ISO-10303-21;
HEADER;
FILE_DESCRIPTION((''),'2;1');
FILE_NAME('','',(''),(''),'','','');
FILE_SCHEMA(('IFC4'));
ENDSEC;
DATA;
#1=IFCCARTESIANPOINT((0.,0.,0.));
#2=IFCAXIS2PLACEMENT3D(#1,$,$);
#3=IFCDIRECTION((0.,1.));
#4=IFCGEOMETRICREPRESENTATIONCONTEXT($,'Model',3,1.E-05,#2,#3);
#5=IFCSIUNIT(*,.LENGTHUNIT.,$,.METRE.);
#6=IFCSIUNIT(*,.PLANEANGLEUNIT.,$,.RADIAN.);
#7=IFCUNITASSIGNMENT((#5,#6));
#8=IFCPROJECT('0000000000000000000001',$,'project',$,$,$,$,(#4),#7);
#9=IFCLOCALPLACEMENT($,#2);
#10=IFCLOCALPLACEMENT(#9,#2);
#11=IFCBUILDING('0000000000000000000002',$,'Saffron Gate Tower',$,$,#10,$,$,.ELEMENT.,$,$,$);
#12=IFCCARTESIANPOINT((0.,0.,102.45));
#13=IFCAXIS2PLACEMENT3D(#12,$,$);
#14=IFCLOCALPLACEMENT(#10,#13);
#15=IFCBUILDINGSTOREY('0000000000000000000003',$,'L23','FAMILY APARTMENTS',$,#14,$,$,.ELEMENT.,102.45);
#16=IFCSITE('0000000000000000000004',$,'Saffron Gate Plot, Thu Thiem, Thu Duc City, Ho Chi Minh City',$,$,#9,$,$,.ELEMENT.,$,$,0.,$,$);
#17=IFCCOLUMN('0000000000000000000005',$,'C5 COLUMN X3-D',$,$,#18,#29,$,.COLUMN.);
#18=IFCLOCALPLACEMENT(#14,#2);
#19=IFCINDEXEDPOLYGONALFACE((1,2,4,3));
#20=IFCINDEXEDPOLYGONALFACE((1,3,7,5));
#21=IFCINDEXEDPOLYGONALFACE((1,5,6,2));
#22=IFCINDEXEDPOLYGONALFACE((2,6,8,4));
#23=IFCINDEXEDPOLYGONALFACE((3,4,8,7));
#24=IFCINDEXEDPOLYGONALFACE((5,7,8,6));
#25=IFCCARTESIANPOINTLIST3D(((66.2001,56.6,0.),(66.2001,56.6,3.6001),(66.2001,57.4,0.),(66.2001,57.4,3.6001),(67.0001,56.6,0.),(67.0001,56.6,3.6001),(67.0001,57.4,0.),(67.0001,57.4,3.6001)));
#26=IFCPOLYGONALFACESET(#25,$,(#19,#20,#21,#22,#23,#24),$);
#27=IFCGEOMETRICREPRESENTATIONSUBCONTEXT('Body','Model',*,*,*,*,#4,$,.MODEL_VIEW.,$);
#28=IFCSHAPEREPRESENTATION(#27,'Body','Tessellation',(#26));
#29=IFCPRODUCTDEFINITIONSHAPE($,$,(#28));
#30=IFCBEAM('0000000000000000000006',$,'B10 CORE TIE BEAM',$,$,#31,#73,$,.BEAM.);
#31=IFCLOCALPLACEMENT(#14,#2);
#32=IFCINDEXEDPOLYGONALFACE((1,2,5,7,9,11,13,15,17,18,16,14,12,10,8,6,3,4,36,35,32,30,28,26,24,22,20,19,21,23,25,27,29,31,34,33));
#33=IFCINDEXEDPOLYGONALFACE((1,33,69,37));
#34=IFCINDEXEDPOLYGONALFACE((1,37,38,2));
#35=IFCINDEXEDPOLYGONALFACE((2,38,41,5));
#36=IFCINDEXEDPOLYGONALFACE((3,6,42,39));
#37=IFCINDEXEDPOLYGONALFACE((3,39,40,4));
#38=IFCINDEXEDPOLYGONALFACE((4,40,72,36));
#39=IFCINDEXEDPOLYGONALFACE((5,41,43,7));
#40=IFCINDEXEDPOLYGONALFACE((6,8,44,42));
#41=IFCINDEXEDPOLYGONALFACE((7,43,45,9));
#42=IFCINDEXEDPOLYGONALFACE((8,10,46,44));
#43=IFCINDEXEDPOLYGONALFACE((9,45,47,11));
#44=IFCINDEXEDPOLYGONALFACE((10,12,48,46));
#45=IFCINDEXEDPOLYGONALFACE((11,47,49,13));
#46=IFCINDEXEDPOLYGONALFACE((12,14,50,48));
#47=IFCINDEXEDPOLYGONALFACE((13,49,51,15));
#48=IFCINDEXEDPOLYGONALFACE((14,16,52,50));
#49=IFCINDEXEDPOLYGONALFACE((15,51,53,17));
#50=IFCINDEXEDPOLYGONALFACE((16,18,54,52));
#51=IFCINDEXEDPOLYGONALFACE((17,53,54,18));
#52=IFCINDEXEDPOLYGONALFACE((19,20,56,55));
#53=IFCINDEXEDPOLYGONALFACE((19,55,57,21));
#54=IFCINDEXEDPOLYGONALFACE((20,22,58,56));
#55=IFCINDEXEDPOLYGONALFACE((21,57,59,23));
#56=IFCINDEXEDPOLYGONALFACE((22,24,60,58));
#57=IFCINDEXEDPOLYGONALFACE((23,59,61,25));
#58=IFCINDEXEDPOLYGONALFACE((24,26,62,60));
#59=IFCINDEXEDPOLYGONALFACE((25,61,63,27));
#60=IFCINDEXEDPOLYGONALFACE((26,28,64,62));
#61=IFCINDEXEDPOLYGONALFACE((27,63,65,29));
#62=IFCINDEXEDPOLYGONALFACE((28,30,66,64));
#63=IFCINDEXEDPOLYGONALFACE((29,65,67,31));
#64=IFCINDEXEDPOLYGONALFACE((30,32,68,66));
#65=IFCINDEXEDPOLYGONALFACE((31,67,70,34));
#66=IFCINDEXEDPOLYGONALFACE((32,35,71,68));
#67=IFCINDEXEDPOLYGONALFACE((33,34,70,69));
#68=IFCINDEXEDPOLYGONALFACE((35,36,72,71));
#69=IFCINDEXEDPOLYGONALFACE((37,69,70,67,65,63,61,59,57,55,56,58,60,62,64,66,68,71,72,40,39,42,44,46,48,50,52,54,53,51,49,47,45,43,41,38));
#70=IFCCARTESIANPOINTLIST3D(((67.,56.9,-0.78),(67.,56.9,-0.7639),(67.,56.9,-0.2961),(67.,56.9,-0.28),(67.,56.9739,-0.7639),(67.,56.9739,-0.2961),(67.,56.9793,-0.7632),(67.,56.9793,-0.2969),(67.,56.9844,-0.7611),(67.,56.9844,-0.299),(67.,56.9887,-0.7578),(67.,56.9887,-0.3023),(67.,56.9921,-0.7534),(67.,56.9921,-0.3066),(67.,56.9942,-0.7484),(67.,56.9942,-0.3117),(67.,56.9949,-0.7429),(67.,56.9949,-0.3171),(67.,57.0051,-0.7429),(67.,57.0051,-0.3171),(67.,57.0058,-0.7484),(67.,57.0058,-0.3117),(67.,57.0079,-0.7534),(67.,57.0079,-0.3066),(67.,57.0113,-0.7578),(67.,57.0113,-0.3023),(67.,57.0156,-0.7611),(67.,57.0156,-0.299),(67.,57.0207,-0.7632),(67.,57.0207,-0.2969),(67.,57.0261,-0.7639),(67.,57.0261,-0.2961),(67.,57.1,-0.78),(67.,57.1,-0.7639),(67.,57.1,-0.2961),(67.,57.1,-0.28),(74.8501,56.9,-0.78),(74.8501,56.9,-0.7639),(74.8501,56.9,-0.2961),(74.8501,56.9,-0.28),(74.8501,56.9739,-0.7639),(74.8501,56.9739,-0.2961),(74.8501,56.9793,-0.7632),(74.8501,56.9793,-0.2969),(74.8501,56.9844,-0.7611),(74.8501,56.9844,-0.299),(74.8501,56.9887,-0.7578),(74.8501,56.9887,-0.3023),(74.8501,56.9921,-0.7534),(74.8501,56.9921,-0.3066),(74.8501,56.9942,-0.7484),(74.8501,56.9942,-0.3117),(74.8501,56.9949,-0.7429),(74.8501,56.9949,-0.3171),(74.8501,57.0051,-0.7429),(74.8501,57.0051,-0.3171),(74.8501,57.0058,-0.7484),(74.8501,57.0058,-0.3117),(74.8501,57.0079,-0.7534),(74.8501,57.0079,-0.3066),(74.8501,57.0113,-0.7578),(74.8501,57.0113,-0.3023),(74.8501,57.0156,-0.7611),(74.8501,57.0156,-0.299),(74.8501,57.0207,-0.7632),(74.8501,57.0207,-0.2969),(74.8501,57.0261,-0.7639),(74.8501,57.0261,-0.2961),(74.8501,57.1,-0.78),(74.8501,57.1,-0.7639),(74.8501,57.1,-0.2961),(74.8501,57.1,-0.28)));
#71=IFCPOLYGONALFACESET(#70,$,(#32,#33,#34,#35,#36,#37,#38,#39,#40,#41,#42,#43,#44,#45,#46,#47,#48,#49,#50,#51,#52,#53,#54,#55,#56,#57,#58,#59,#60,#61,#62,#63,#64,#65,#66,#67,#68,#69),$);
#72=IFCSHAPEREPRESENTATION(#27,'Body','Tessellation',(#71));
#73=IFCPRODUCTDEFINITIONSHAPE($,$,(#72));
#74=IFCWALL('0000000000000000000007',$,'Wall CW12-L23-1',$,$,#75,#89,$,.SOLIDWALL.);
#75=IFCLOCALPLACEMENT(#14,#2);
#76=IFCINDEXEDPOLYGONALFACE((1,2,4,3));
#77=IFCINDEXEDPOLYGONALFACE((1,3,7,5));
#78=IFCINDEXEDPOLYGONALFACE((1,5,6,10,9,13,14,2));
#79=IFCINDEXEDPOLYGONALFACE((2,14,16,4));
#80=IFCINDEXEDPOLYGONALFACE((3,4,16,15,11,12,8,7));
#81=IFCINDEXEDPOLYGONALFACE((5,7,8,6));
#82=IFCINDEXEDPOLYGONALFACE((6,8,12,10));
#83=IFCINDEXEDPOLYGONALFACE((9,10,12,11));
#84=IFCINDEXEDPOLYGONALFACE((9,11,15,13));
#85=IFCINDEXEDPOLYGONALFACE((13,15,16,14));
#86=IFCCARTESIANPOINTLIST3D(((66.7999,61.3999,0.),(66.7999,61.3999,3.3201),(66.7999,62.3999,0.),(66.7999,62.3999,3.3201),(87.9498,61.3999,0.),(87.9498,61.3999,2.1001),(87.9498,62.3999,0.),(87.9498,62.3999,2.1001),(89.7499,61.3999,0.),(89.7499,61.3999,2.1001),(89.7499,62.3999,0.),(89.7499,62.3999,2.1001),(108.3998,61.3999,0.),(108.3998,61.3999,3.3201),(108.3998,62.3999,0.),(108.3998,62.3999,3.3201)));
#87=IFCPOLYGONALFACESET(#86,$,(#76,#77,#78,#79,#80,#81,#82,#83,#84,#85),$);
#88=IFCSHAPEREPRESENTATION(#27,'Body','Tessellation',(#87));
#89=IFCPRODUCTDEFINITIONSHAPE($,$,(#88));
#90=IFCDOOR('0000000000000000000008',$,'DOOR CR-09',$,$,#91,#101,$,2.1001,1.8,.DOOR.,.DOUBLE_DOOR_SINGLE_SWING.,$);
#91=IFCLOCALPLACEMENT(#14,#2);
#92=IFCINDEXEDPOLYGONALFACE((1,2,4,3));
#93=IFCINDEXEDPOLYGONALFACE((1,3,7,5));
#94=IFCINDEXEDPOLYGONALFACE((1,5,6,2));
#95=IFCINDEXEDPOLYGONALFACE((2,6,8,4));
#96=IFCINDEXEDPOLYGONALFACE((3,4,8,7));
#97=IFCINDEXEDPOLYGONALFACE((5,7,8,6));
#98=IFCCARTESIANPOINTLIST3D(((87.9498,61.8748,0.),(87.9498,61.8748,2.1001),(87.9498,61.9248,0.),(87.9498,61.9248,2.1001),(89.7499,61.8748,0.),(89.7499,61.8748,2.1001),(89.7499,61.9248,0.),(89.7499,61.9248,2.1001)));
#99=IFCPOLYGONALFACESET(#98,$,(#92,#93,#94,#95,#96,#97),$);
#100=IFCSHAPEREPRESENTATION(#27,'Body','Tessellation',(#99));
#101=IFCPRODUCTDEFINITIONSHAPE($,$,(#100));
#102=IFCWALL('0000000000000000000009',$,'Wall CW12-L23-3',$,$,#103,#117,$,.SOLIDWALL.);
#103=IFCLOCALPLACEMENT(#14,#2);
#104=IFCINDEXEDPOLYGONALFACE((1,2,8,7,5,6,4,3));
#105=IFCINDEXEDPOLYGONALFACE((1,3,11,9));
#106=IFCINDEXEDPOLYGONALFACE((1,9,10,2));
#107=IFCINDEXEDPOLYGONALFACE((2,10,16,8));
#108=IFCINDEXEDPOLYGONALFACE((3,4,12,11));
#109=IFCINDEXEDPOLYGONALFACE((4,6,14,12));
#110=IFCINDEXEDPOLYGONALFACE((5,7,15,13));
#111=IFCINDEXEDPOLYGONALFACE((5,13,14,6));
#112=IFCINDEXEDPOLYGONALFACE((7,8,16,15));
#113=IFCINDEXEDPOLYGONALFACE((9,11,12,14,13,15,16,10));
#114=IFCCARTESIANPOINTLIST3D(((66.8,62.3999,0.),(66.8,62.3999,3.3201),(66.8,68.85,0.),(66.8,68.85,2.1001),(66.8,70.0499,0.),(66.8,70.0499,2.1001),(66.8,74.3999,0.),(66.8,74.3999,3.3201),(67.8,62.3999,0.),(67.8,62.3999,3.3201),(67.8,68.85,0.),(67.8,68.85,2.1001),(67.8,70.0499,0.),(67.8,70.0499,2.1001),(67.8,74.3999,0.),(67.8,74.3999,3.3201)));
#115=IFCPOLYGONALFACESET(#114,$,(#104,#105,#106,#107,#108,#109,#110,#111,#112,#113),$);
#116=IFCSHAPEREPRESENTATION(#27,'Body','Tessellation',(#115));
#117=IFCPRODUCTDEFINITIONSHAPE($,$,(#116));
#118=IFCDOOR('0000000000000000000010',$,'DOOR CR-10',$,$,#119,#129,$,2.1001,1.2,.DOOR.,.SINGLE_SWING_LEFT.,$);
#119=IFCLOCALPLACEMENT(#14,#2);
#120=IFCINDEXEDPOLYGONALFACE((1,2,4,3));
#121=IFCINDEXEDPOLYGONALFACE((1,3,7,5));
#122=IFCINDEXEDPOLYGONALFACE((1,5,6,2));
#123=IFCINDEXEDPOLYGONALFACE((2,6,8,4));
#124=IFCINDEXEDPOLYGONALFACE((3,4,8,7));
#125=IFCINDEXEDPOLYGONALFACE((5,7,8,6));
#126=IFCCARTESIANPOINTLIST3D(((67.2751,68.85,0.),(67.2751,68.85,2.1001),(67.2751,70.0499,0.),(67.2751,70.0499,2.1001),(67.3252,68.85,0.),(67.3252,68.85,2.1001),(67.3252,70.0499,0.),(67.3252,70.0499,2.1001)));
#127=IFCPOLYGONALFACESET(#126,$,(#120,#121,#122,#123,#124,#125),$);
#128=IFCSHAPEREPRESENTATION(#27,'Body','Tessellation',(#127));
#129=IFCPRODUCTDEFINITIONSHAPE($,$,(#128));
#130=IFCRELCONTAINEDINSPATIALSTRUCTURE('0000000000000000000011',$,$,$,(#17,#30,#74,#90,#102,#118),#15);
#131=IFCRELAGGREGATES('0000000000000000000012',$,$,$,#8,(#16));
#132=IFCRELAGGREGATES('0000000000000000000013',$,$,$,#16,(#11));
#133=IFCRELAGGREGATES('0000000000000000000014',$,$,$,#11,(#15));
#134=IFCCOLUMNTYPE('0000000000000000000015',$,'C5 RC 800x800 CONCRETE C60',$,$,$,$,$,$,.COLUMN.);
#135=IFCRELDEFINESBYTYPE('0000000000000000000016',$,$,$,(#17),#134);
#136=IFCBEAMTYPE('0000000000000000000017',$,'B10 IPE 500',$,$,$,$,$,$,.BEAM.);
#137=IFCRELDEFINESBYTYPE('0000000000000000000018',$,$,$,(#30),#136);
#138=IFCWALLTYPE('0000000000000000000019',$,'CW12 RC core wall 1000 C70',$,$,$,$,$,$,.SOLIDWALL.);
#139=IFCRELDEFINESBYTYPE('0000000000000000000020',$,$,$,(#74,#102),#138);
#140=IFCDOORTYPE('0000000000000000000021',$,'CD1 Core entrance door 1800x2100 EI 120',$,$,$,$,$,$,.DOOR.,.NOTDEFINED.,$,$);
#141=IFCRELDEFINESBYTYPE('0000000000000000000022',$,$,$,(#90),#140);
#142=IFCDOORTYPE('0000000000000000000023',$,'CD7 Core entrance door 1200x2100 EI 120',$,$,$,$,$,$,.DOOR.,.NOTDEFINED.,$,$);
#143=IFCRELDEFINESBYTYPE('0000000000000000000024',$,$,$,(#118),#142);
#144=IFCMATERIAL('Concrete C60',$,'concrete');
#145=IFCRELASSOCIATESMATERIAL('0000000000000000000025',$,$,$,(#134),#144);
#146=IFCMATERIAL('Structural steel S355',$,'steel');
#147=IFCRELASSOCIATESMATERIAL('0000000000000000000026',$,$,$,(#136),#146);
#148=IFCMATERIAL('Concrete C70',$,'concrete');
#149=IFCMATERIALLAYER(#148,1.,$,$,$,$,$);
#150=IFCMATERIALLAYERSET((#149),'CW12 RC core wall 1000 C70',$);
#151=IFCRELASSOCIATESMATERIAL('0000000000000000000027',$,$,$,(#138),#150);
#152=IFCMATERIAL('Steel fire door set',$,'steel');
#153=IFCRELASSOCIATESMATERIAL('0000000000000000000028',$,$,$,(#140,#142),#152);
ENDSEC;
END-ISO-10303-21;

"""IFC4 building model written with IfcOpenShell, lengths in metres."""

from ifc_helpers import new_model, si_unit, direction, frame, frame_2d, origin, origin_2d, place, context, subcontext, project, spatial, rectangle, i_section, extrude, material, layer, layer_set, material_profile, profile_set, type_object, element, fill, save


model = new_model("IFC4")

# Units and contexts
model_context = context("Model", 3, precision=1e-05, world=origin(), true_north=direction((0.0, 1.0)))
body_context = subcontext(model_context, "Body", "Model", "MODEL_VIEW")
ifc_project = project(units=[si_unit("LENGTHUNIT", "METRE"), si_unit("PLANEANGLEUNIT", "RADIAN")], contexts=[model_context])

# Site, building, storey
site_placement = place(None, origin())
site = spatial("IfcSite", under=ifc_project, at=site_placement, Name="Saffron Gate Plot, Thu Thiem, Thu Duc City, Ho Chi Minh City", CompositionType="ELEMENT", RefElevation=0.0)
building_placement = place(site_placement, origin())
building = spatial("IfcBuilding", under=site, at=building_placement, Name="Saffron Gate Tower", CompositionType="ELEMENT")
storey_placement = place(building_placement, frame((0.0, 0.0, 102.45)))
storey = spatial("IfcBuildingStorey", under=building, at=storey_placement, Name="L23", Description="FAMILY APARTMENTS", CompositionType="ELEMENT", Elevation=102.45)

# Column
ifc_material_1 = material(Name="Concrete C60", Category="concrete")
ifc_material_profile_1 = material_profile(ifc_material_1, rectangle(XDim=0.8, YDim=0.8, at=origin_2d()))
ifc_profile_set_1 = profile_set([ifc_material_profile_1], Name="Concrete C60")
column_type = type_object("IfcColumnType", Name="C5 RC 800x800 CONCRETE C60", PredefinedType="COLUMN", material=ifc_profile_set_1)
column_placement = place(storey_placement, frame((66.6001, 57.0, 0.0), z_axis=(0.0, 0.0, 1.0), x_axis=(1.0, 0.0, 0.0)))
element("IfcColumn", 1, at=column_placement, inside=storey, type_object=column_type, Name="C5 COLUMN X3-D", PredefinedType="COLUMN", context=body_context, shape_type="SweptSolid", body=[
    extrude(rectangle(XDim=0.8, YDim=0.8, at=origin_2d()), origin(), (0.0, 0.0, 1.0), 3.6001),
])

# Beam
ifc_material_2 = material(Name="Structural steel S355", Category="steel")
ifc_material_profile_2 = material_profile(ifc_material_2, i_section(OverallWidth=0.2, OverallDepth=0.5, WebThickness=0.0103, FlangeThickness=0.0161, FilletRadius=0.021, at=origin_2d()))
ifc_profile_set_2 = profile_set([ifc_material_profile_2], Name="Structural steel S355")
beam_type = type_object("IfcBeamType", Name="B10 IPE 500", PredefinedType="BEAM", material=ifc_profile_set_2)
beam_placement = place(storey_placement, frame((67.0, 57.0, -0.53), z_axis=(1.0, 0.0, 0.0), x_axis=(0.0, 1.0, 0.0)))
element("IfcBeam", 2, at=beam_placement, inside=storey, type_object=beam_type, Name="B10 CORE TIE BEAM", PredefinedType="BEAM", context=body_context, shape_type="SweptSolid", body=[
    extrude(i_section(OverallWidth=0.2, OverallDepth=0.5, WebThickness=0.0103, FlangeThickness=0.0161, FilletRadius=0.021, at=origin_2d()), origin(), (0.0, 0.0, 1.0), 7.8501),
])

# Walls, openings, doors
ifc_material_3 = material(Name="Concrete C70", Category="concrete")
ifc_layer_1 = layer(ifc_material_3, 1.0)
ifc_layer_set_1 = layer_set([ifc_layer_1], Name="CW12 RC core wall 1000 C70")
wall_type_1 = type_object("IfcWallType", Name="CW12 RC core wall 1000 C70", PredefinedType="SOLIDWALL", material=ifc_layer_set_1)
wall_1_placement = place(storey_placement, frame((66.8, 61.8999, 0.0), z_axis=(0.0, 0.0, 1.0), x_axis=(1.0, 0.0, 0.0)))
wall_1 = element("IfcWall", 3, at=wall_1_placement, inside=storey, type_object=wall_type_1, Name="Wall CW12-L23-1", PredefinedType="SOLIDWALL", context=body_context, shape_type="SweptSolid", body=[
    extrude(rectangle(XDim=41.5999, YDim=1.0, at=frame_2d((20.7998, 0.0))), origin(), (0.0, 0.0, 1.0), 3.3201),
])
opening_1_placement = place(wall_1_placement, frame((21.1499, 0.0, 0.0)))
opening_1 = element("IfcOpeningElement", 4, at=opening_1_placement, cuts=wall_1, PredefinedType="OPENING", context=body_context, shape_type="SweptSolid", body=[
    extrude(rectangle(XDim=1.8, YDim=2.1001, at=frame_2d((0.8999, 1.05))), frame((0.0, 0.51, 0.0), z_axis=(0.0, -1.0, 0.0), x_axis=(1.0, 0.0, 0.0)), (0.0, 0.0, 1.0), 1.02),
])
ifc_material_4 = material(Name="Steel fire door set", Category="steel")
door_type_1 = type_object("IfcDoorType", Name="CD1 Core entrance door 1800x2100 EI 120", OperationType="NOTDEFINED", PredefinedType="DOOR", material=ifc_material_4)
door_1_placement = place(opening_1_placement, origin())
door_1 = element("IfcDoor", 5, at=door_1_placement, inside=storey, type_object=door_type_1, Name="DOOR CR-09", OperationType="DOUBLE_DOOR_SINGLE_SWING", OverallHeight=2.1001, OverallWidth=1.8, PredefinedType="DOOR", context=body_context, shape_type="SweptSolid", body=[
    extrude(rectangle(XDim=1.8, YDim=2.1001, at=frame_2d((0.8999, 1.05))), frame((0.0, 0.0249, 0.0), z_axis=(0.0, -1.0, 0.0), x_axis=(1.0, 0.0, 0.0)), (0.0, 0.0, 1.0), 0.05),
])
fill(opening_1, door_1)
wall_2_placement = place(storey_placement, frame((67.3, 62.3999, 0.0), z_axis=(0.0, 0.0, 1.0), x_axis=(0.0, 1.0, 0.0)))
wall_2 = element("IfcWall", 6, at=wall_2_placement, inside=storey, type_object=wall_type_1, Name="Wall CW12-L23-3", PredefinedType="SOLIDWALL", context=body_context, shape_type="SweptSolid", body=[
    extrude(rectangle(XDim=12.0, YDim=1.0, at=frame_2d((6.0, 0.0))), origin(), (0.0, 0.0, 1.0), 3.3201),
])
opening_2_placement = place(wall_2_placement, frame((6.45, 0.0, 0.0)))
opening_2 = element("IfcOpeningElement", 7, at=opening_2_placement, cuts=wall_2, PredefinedType="OPENING", context=body_context, shape_type="SweptSolid", body=[
    extrude(rectangle(XDim=1.2, YDim=2.1001, at=frame_2d((0.6001, 1.05))), frame((0.0, 0.51, 0.0), z_axis=(0.0, -1.0, 0.0), x_axis=(1.0, 0.0, 0.0)), (0.0, 0.0, 1.0), 1.02),
])
door_type_2 = type_object("IfcDoorType", Name="CD7 Core entrance door 1200x2100 EI 120", OperationType="NOTDEFINED", PredefinedType="DOOR", material=ifc_material_4)
door_2_placement = place(opening_2_placement, origin())
door_2 = element("IfcDoor", 8, at=door_2_placement, inside=storey, type_object=door_type_2, Name="DOOR CR-10", OperationType="SINGLE_SWING_LEFT", OverallHeight=2.1001, OverallWidth=1.2, PredefinedType="DOOR", context=body_context, shape_type="SweptSolid", body=[
    extrude(rectangle(XDim=1.2, YDim=2.1001, at=frame_2d((0.6001, 1.05))), frame((0.0, 0.0249, 0.0), z_axis=(0.0, -1.0, 0.0), x_axis=(1.0, 0.0, 0.0)), (0.0, 0.0, 1.0), 0.05),
])
fill(opening_2, door_2)

save(model, "model.ifc")
